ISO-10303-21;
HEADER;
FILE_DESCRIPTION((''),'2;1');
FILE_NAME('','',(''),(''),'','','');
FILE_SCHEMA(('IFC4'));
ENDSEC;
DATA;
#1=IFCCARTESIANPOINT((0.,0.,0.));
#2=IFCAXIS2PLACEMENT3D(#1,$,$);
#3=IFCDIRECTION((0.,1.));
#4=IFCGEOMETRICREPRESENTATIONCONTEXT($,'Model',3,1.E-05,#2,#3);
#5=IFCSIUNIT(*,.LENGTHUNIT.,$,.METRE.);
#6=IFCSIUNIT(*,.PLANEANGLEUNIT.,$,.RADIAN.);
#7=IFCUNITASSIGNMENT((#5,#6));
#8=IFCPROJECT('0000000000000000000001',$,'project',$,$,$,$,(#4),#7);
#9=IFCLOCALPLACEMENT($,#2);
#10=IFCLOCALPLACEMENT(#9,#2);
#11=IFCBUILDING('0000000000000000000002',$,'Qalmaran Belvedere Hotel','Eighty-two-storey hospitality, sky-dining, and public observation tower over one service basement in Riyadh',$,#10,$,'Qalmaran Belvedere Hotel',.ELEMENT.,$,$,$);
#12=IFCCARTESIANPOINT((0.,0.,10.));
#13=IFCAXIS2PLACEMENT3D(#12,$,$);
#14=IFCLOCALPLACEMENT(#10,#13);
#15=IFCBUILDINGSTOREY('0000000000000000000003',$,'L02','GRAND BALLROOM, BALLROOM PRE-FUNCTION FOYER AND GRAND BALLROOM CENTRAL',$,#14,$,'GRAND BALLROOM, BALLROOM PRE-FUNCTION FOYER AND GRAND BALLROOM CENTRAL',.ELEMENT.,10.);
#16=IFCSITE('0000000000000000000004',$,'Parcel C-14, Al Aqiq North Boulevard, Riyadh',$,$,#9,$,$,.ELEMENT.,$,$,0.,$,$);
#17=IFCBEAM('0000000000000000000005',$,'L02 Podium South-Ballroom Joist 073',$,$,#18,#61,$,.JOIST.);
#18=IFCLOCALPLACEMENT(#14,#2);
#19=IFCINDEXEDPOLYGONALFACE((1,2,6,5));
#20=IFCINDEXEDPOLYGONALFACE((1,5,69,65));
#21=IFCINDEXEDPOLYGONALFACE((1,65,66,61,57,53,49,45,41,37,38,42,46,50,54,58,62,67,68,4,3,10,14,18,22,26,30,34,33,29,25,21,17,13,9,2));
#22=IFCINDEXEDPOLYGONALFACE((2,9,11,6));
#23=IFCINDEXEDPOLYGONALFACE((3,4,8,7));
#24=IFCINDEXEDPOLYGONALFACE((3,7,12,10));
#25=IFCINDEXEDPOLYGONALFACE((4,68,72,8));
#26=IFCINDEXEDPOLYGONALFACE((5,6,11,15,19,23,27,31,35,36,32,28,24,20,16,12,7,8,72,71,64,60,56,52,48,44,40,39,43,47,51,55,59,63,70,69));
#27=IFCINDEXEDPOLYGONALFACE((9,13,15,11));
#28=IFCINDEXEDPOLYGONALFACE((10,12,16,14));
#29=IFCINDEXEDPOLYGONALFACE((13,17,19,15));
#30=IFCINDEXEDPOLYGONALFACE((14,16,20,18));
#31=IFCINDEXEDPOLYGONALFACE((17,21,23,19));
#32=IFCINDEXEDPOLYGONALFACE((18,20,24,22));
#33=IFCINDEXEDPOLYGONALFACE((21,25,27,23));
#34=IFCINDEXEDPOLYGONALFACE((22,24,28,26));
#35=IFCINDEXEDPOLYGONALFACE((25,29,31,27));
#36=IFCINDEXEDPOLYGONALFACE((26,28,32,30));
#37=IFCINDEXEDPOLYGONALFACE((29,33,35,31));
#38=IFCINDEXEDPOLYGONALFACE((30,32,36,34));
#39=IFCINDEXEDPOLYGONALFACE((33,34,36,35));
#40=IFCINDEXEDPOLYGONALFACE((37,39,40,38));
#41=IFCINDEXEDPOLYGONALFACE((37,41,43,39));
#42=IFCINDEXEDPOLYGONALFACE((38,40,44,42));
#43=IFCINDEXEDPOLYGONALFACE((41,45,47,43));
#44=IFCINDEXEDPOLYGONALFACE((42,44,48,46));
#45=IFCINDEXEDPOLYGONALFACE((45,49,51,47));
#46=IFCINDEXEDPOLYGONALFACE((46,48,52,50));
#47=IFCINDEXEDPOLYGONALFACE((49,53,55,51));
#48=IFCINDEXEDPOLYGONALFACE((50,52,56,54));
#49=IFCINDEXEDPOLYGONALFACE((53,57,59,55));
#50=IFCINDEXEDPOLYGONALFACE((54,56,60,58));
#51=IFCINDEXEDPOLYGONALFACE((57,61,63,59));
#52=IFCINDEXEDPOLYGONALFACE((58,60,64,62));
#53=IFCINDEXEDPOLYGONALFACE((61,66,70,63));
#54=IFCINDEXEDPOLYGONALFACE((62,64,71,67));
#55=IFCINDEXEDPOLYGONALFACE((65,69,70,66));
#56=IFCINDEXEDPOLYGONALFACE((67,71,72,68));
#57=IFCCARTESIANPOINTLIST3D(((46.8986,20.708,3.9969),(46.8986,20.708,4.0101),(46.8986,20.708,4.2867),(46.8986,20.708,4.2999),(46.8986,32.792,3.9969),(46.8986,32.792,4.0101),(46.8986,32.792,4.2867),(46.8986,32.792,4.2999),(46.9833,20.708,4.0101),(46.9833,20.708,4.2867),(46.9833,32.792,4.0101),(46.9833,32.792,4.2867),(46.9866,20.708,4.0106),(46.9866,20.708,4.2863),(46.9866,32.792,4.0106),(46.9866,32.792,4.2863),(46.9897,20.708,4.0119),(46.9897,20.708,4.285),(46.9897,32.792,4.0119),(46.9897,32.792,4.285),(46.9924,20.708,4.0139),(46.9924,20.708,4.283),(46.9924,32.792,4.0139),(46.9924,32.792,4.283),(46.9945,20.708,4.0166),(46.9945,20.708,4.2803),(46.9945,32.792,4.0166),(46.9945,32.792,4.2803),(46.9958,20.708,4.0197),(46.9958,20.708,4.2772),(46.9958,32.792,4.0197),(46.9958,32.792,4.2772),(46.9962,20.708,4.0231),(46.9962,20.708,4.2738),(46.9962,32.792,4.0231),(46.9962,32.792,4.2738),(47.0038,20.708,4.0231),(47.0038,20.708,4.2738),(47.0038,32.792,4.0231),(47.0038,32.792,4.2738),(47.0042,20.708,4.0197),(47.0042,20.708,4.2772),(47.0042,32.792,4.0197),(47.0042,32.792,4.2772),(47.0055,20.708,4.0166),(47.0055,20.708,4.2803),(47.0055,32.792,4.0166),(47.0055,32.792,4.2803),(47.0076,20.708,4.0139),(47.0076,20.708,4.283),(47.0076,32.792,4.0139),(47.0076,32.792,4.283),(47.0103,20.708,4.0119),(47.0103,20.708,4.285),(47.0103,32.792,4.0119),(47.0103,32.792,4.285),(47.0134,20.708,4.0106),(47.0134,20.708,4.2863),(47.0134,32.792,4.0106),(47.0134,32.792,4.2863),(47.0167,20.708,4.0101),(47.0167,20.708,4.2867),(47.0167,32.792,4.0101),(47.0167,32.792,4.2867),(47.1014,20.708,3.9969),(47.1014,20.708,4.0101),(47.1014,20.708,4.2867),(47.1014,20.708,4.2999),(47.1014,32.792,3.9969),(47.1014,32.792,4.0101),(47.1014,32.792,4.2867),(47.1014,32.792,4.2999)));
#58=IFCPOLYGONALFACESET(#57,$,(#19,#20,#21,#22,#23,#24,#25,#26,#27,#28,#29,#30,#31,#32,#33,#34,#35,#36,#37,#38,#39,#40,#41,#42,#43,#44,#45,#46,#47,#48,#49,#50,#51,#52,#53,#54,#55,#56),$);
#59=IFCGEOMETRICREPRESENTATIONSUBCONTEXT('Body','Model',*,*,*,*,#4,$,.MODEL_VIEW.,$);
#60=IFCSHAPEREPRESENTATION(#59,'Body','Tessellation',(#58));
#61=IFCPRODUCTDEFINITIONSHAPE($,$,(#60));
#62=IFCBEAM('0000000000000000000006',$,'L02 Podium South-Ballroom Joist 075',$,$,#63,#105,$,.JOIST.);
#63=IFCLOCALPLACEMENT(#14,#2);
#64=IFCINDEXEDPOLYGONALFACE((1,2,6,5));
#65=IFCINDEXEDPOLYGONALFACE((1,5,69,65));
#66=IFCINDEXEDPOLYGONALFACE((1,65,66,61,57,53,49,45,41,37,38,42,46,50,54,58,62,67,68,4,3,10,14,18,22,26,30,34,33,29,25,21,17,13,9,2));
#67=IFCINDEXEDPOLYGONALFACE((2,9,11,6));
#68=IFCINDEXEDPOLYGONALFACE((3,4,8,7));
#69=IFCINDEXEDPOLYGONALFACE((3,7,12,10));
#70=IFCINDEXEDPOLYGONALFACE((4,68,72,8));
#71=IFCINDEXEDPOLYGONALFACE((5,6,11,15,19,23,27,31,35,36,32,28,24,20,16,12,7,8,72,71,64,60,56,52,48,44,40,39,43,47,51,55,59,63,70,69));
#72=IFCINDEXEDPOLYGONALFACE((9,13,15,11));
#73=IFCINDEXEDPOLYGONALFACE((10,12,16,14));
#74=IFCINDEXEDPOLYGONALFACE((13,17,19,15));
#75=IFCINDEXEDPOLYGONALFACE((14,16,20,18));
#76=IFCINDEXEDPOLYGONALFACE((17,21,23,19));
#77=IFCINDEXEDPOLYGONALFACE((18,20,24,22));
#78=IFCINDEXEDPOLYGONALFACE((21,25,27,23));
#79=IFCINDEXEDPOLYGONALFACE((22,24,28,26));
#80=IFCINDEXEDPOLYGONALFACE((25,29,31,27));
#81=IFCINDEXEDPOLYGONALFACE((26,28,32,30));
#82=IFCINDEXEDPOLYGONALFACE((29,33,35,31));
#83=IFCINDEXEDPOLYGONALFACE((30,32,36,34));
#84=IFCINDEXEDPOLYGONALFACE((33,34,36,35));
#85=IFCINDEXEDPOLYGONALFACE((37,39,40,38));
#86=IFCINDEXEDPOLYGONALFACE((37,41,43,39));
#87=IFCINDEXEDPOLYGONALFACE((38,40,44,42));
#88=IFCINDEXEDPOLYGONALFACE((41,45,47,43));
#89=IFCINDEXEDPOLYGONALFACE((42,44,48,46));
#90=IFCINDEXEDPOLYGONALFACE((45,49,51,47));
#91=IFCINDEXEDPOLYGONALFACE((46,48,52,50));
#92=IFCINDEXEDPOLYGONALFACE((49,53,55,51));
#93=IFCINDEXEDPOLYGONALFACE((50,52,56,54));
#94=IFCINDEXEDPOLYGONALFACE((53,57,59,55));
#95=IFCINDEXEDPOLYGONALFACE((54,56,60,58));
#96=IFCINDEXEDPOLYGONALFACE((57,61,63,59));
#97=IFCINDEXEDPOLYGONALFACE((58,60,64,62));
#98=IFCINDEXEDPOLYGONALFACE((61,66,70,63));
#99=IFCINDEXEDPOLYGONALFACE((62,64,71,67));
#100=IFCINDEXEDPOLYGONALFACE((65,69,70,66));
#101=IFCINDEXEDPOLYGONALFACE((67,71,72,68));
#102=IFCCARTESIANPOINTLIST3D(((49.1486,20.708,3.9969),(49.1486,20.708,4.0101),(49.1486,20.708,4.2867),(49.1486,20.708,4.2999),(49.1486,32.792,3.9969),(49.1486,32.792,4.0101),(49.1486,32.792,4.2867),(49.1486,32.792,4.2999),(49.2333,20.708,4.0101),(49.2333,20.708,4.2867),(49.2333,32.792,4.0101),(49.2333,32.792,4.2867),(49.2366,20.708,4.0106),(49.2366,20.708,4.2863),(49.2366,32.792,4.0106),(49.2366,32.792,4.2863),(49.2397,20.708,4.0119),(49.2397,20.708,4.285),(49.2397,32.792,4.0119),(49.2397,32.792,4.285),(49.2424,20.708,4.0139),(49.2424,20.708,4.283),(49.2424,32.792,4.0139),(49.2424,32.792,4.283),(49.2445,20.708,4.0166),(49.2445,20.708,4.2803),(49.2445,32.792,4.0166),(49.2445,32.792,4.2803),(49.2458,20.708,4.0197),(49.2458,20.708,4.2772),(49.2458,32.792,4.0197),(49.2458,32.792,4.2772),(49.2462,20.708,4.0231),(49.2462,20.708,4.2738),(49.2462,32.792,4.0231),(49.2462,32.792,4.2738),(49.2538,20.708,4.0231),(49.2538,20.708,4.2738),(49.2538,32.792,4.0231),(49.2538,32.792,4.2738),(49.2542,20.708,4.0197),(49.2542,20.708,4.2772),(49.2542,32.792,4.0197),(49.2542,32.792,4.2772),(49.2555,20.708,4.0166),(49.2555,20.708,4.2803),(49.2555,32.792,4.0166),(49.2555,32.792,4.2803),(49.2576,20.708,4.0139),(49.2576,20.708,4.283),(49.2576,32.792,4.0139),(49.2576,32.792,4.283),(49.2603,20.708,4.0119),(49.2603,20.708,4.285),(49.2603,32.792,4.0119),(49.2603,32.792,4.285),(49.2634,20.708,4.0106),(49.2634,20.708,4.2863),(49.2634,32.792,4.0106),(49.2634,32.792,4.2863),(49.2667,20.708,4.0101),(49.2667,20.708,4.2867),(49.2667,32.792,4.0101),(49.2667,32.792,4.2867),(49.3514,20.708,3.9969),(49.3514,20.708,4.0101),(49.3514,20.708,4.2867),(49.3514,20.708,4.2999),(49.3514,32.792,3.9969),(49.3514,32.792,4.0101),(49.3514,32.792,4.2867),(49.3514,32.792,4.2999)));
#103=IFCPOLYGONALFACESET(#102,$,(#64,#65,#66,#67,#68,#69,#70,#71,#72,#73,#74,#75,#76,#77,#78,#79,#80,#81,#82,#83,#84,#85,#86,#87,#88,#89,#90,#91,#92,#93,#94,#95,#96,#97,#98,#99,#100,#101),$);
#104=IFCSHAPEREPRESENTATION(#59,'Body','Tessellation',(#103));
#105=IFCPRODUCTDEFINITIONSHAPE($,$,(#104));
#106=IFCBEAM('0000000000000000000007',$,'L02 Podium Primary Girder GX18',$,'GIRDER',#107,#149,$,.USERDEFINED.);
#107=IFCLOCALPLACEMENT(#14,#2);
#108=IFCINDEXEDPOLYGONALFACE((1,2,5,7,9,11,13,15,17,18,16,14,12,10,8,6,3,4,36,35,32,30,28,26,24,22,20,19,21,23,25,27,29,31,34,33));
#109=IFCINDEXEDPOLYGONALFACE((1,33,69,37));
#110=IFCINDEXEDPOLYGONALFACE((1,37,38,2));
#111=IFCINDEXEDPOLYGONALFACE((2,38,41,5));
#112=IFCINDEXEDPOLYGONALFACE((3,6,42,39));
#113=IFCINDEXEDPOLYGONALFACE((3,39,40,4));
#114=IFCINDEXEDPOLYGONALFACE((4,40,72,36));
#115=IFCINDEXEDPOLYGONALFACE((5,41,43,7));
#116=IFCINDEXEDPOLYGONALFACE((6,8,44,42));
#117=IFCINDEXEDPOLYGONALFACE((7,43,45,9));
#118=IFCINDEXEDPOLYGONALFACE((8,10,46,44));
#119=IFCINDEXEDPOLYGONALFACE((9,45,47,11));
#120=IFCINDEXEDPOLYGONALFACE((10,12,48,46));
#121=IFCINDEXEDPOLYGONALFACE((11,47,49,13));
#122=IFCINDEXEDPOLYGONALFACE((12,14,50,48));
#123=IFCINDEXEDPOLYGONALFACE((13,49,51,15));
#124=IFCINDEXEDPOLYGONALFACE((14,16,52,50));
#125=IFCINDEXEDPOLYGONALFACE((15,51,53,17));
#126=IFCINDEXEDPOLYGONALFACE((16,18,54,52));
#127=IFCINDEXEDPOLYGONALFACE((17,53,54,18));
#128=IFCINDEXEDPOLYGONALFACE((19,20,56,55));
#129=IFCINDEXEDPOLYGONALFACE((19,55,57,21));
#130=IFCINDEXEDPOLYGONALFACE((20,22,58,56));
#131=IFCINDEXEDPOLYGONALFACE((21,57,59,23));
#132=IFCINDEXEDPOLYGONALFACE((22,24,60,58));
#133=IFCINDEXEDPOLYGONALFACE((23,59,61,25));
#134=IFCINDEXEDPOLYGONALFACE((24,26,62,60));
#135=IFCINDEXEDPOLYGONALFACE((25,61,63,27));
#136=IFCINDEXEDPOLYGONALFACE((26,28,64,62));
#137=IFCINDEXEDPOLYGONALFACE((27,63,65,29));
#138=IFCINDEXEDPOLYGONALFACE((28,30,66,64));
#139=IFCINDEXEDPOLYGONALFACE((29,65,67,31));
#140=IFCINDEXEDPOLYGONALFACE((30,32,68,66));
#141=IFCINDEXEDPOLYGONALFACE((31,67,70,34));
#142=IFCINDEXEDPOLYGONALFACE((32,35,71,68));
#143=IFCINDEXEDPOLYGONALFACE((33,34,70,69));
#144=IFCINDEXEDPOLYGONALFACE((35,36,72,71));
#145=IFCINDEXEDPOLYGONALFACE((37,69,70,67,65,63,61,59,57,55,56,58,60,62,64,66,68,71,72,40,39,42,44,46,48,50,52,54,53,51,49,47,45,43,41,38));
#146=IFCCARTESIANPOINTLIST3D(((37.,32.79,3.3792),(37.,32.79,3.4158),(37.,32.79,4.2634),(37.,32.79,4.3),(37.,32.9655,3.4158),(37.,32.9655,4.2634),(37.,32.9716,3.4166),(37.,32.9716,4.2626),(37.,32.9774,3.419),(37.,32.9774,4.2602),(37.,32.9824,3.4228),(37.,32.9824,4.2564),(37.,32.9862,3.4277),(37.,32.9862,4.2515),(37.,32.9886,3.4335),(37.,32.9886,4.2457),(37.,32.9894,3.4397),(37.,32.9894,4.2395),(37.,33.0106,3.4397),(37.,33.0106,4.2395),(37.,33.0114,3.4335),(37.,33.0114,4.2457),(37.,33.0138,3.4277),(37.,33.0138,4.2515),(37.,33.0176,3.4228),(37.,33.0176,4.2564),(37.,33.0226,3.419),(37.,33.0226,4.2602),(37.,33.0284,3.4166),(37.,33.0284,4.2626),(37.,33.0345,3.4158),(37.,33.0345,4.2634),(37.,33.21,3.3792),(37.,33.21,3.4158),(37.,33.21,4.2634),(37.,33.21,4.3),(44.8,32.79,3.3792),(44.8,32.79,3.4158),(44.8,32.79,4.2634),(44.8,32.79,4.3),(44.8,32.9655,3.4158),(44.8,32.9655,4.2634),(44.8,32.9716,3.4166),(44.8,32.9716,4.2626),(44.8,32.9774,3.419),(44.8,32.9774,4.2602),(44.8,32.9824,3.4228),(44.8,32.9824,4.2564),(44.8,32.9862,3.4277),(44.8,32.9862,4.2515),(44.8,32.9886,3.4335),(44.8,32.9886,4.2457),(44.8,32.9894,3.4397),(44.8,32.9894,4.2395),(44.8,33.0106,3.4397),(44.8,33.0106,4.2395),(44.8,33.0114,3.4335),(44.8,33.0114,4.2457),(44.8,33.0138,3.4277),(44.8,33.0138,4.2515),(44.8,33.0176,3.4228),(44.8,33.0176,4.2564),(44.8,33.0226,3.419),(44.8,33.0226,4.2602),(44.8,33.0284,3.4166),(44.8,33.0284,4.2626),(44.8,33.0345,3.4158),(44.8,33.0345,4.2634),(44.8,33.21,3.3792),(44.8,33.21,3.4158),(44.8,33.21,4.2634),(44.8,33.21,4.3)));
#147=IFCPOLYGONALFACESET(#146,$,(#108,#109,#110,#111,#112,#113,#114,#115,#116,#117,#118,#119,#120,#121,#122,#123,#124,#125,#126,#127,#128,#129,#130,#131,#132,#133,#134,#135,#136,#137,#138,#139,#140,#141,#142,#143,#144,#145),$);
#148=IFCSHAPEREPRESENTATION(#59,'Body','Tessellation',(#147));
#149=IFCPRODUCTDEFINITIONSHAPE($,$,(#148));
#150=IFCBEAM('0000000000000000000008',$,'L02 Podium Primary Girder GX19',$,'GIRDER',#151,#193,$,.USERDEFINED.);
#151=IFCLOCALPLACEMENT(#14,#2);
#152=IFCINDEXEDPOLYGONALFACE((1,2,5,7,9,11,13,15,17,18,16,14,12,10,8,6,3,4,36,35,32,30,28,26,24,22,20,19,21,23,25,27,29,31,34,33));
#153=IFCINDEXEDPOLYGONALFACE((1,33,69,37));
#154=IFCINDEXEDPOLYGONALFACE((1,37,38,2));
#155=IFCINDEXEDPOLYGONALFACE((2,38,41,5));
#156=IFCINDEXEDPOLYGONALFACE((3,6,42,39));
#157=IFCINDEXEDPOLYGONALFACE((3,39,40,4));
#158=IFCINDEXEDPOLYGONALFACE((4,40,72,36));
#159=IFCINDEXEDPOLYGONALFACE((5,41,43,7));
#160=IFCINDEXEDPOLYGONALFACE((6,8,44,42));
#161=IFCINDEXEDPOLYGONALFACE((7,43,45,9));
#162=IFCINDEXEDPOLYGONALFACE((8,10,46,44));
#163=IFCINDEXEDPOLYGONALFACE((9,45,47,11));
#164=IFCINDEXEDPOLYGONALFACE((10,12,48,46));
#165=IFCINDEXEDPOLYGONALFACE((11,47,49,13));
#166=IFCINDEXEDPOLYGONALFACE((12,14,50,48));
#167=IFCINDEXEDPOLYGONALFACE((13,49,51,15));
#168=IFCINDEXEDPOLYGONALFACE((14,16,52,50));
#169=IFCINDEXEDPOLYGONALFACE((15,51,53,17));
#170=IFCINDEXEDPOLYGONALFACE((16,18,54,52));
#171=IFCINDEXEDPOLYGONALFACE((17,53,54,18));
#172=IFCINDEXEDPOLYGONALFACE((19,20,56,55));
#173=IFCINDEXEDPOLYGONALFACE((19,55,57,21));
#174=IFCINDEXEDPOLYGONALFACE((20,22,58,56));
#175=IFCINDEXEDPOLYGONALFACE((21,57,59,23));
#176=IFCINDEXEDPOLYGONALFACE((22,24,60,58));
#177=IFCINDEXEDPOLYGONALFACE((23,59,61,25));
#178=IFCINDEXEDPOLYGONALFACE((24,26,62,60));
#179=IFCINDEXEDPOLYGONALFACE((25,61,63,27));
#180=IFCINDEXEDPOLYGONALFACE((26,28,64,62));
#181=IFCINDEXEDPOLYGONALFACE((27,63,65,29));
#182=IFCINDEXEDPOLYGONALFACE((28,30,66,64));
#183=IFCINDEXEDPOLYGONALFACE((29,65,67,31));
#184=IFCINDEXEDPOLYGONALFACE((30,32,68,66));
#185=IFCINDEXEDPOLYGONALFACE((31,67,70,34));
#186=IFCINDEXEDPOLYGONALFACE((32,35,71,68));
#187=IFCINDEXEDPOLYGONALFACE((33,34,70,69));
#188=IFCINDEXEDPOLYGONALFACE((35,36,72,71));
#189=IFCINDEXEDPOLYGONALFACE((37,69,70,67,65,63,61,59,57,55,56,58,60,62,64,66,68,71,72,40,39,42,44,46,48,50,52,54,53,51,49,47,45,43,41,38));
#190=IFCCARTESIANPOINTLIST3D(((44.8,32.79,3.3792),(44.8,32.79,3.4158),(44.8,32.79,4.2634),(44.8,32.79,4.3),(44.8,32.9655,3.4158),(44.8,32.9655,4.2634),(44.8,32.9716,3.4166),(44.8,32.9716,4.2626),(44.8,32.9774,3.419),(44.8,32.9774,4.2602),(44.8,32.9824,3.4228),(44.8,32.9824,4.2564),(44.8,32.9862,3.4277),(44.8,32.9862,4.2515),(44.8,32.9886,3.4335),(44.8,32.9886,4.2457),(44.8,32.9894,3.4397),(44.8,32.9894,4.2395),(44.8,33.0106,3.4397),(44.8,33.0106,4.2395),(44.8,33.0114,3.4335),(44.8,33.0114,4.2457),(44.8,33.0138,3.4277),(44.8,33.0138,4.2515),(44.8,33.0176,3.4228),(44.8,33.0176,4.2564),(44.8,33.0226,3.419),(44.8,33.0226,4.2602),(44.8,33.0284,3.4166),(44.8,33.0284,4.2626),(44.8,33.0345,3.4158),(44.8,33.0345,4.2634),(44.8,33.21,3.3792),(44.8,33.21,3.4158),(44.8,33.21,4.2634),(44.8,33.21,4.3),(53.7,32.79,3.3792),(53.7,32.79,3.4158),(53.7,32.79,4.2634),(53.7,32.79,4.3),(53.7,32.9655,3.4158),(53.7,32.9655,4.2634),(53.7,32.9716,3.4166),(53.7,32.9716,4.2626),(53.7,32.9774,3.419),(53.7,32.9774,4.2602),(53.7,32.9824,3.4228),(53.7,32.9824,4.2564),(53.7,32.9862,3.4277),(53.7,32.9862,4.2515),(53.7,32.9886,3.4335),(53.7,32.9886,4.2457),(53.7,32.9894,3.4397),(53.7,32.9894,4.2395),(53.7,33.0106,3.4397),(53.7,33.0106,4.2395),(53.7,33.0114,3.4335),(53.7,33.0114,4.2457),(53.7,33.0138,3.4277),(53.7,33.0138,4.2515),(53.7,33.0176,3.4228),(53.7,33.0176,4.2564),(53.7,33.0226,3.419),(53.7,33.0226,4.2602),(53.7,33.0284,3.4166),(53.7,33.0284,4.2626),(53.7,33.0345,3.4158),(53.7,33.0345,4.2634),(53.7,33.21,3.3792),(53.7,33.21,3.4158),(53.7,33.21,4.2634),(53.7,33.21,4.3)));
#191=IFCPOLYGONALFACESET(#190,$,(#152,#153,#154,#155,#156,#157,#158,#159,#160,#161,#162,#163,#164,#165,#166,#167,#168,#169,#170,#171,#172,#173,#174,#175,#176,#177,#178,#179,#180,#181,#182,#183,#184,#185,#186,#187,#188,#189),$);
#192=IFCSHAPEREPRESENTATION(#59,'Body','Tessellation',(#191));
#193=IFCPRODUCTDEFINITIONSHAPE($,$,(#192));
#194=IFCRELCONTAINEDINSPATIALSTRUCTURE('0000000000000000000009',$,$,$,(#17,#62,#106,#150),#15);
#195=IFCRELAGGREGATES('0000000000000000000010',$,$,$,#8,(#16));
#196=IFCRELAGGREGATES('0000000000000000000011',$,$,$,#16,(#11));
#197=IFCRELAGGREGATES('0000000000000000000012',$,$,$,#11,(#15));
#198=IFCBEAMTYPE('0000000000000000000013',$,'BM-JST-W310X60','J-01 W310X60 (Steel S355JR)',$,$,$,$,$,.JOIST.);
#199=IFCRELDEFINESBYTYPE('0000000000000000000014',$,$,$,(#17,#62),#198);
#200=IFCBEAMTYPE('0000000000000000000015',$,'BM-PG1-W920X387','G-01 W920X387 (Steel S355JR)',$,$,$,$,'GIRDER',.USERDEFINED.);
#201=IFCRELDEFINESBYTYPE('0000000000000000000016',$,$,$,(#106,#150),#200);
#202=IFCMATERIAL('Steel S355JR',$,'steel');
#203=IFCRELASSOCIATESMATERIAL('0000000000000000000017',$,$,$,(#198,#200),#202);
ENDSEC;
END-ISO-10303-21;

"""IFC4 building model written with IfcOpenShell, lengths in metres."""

from ifc_helpers import new_model, si_unit, direction, frame, origin, origin_2d, place, context, subcontext, project, spatial, i_section, extrude, material, material_profile, profile_set, type_object, element, save


model = new_model("IFC4")

# Units and contexts
model_context = context("Model", 3, precision=1e-05, world=origin(), true_north=direction((0.0, 1.0)))
body_context = subcontext(model_context, "Body", "Model", "MODEL_VIEW")
ifc_project = project(units=[si_unit("LENGTHUNIT", "METRE"), si_unit("PLANEANGLEUNIT", "RADIAN")], contexts=[model_context])

# Site, building, storey
site_placement = place(None, origin())
site = spatial("IfcSite", under=ifc_project, at=site_placement, Name="Parcel C-14, Al Aqiq North Boulevard, Riyadh", CompositionType="ELEMENT", RefElevation=0.0)
building_placement = place(site_placement, origin())
building = spatial("IfcBuilding", under=site, at=building_placement, Name="Qalmaran Belvedere Hotel", Description="Eighty-two-storey hospitality, sky-dining, and public observation tower over one service basement in Riyadh", LongName="Qalmaran Belvedere Hotel", CompositionType="ELEMENT")
storey_placement = place(building_placement, frame((0.0, 0.0, 10.0)))
storey = spatial("IfcBuildingStorey", under=building, at=storey_placement, Name="L02", Description="GRAND BALLROOM, BALLROOM PRE-FUNCTION FOYER AND GRAND BALLROOM CENTRAL", LongName="GRAND BALLROOM, BALLROOM PRE-FUNCTION FOYER AND GRAND BALLROOM CENTRAL", CompositionType="ELEMENT", Elevation=10.0)

# Beams
ifc_material_1 = material(Name="Steel S355JR", Category="steel")
ifc_material_profile_1 = material_profile(ifc_material_1, i_section(OverallWidth=0.2029, OverallDepth=0.303, WebThickness=0.0076, FlangeThickness=0.0132, FilletRadius=0.0129, at=origin_2d()), Name="W310X60")
ifc_profile_set_1 = profile_set([ifc_material_profile_1], Name="Steel S355JR")
beam_type_1 = type_object("IfcBeamType", Name="BM-JST-W310X60", Description="J-01 W310X60 (Steel S355JR)", PredefinedType="JOIST", material=ifc_profile_set_1)
for number, where, z_axis, x_axis, name in (
    (1, (47.0, 20.708, 4.1484), (0.0, 1.0, 0.0), (-1.0, 0.0, 0.0), "L02 Podium South-Ballroom Joist 073"),
    (2, (49.25, 20.708, 4.1484), (0.0, 1.0, 0.0), (-1.0, 0.0, 0.0), "L02 Podium South-Ballroom Joist 075"),
):
    element("IfcBeam", number, at=place(storey_placement, frame(where, z_axis=z_axis, x_axis=x_axis)), inside=storey, type_object=beam_type_1, Name=name, PredefinedType="JOIST", context=body_context, shape_type="SweptSolid", body=[
        extrude(i_section(OverallWidth=0.2029, OverallDepth=0.303, WebThickness=0.0076, FlangeThickness=0.0132, FilletRadius=0.0129, at=origin_2d()), origin(), (0.0, 0.0, 1.0), 12.084),
    ])
ifc_material_profile_2 = material_profile(ifc_material_1, i_section(OverallWidth=0.4199, OverallDepth=0.9209, WebThickness=0.0212, FlangeThickness=0.0366, FilletRadius=0.0239, at=origin_2d()), Name="W920X387")
ifc_profile_set_2 = profile_set([ifc_material_profile_2], Name="Steel S355JR")
beam_type_2 = type_object("IfcBeamType", Name="BM-PG1-W920X387", Description="G-01 W920X387 (Steel S355JR)", ElementType="GIRDER", PredefinedType="USERDEFINED", material=ifc_profile_set_2)
beam_1_placement = place(storey_placement, frame((37.0, 33.0, 3.8396), z_axis=(1.0, 0.0, 0.0), x_axis=(0.0, 1.0, 0.0)))
element("IfcBeam", 3, at=beam_1_placement, inside=storey, type_object=beam_type_2, Name="L02 Podium Primary Girder GX18", ObjectType="GIRDER", PredefinedType="USERDEFINED", context=body_context, shape_type="SweptSolid", body=[
    extrude(i_section(OverallWidth=0.4199, OverallDepth=0.9209, WebThickness=0.0212, FlangeThickness=0.0366, FilletRadius=0.0239, at=origin_2d()), origin(), (0.0, 0.0, 1.0), 7.8),
])
beam_2_placement = place(storey_placement, frame((44.8, 33.0, 3.8396), z_axis=(1.0, 0.0, 0.0), x_axis=(0.0, 1.0, 0.0)))
element("IfcBeam", 4, at=beam_2_placement, inside=storey, type_object=beam_type_2, Name="L02 Podium Primary Girder GX19", ObjectType="GIRDER", PredefinedType="USERDEFINED", context=body_context, shape_type="SweptSolid", body=[
    extrude(i_section(OverallWidth=0.4199, OverallDepth=0.9209, WebThickness=0.0212, FlangeThickness=0.0366, FilletRadius=0.0239, at=origin_2d()), origin(), (0.0, 0.0, 1.0), 8.8999),
])

save(model, "model.ifc")
